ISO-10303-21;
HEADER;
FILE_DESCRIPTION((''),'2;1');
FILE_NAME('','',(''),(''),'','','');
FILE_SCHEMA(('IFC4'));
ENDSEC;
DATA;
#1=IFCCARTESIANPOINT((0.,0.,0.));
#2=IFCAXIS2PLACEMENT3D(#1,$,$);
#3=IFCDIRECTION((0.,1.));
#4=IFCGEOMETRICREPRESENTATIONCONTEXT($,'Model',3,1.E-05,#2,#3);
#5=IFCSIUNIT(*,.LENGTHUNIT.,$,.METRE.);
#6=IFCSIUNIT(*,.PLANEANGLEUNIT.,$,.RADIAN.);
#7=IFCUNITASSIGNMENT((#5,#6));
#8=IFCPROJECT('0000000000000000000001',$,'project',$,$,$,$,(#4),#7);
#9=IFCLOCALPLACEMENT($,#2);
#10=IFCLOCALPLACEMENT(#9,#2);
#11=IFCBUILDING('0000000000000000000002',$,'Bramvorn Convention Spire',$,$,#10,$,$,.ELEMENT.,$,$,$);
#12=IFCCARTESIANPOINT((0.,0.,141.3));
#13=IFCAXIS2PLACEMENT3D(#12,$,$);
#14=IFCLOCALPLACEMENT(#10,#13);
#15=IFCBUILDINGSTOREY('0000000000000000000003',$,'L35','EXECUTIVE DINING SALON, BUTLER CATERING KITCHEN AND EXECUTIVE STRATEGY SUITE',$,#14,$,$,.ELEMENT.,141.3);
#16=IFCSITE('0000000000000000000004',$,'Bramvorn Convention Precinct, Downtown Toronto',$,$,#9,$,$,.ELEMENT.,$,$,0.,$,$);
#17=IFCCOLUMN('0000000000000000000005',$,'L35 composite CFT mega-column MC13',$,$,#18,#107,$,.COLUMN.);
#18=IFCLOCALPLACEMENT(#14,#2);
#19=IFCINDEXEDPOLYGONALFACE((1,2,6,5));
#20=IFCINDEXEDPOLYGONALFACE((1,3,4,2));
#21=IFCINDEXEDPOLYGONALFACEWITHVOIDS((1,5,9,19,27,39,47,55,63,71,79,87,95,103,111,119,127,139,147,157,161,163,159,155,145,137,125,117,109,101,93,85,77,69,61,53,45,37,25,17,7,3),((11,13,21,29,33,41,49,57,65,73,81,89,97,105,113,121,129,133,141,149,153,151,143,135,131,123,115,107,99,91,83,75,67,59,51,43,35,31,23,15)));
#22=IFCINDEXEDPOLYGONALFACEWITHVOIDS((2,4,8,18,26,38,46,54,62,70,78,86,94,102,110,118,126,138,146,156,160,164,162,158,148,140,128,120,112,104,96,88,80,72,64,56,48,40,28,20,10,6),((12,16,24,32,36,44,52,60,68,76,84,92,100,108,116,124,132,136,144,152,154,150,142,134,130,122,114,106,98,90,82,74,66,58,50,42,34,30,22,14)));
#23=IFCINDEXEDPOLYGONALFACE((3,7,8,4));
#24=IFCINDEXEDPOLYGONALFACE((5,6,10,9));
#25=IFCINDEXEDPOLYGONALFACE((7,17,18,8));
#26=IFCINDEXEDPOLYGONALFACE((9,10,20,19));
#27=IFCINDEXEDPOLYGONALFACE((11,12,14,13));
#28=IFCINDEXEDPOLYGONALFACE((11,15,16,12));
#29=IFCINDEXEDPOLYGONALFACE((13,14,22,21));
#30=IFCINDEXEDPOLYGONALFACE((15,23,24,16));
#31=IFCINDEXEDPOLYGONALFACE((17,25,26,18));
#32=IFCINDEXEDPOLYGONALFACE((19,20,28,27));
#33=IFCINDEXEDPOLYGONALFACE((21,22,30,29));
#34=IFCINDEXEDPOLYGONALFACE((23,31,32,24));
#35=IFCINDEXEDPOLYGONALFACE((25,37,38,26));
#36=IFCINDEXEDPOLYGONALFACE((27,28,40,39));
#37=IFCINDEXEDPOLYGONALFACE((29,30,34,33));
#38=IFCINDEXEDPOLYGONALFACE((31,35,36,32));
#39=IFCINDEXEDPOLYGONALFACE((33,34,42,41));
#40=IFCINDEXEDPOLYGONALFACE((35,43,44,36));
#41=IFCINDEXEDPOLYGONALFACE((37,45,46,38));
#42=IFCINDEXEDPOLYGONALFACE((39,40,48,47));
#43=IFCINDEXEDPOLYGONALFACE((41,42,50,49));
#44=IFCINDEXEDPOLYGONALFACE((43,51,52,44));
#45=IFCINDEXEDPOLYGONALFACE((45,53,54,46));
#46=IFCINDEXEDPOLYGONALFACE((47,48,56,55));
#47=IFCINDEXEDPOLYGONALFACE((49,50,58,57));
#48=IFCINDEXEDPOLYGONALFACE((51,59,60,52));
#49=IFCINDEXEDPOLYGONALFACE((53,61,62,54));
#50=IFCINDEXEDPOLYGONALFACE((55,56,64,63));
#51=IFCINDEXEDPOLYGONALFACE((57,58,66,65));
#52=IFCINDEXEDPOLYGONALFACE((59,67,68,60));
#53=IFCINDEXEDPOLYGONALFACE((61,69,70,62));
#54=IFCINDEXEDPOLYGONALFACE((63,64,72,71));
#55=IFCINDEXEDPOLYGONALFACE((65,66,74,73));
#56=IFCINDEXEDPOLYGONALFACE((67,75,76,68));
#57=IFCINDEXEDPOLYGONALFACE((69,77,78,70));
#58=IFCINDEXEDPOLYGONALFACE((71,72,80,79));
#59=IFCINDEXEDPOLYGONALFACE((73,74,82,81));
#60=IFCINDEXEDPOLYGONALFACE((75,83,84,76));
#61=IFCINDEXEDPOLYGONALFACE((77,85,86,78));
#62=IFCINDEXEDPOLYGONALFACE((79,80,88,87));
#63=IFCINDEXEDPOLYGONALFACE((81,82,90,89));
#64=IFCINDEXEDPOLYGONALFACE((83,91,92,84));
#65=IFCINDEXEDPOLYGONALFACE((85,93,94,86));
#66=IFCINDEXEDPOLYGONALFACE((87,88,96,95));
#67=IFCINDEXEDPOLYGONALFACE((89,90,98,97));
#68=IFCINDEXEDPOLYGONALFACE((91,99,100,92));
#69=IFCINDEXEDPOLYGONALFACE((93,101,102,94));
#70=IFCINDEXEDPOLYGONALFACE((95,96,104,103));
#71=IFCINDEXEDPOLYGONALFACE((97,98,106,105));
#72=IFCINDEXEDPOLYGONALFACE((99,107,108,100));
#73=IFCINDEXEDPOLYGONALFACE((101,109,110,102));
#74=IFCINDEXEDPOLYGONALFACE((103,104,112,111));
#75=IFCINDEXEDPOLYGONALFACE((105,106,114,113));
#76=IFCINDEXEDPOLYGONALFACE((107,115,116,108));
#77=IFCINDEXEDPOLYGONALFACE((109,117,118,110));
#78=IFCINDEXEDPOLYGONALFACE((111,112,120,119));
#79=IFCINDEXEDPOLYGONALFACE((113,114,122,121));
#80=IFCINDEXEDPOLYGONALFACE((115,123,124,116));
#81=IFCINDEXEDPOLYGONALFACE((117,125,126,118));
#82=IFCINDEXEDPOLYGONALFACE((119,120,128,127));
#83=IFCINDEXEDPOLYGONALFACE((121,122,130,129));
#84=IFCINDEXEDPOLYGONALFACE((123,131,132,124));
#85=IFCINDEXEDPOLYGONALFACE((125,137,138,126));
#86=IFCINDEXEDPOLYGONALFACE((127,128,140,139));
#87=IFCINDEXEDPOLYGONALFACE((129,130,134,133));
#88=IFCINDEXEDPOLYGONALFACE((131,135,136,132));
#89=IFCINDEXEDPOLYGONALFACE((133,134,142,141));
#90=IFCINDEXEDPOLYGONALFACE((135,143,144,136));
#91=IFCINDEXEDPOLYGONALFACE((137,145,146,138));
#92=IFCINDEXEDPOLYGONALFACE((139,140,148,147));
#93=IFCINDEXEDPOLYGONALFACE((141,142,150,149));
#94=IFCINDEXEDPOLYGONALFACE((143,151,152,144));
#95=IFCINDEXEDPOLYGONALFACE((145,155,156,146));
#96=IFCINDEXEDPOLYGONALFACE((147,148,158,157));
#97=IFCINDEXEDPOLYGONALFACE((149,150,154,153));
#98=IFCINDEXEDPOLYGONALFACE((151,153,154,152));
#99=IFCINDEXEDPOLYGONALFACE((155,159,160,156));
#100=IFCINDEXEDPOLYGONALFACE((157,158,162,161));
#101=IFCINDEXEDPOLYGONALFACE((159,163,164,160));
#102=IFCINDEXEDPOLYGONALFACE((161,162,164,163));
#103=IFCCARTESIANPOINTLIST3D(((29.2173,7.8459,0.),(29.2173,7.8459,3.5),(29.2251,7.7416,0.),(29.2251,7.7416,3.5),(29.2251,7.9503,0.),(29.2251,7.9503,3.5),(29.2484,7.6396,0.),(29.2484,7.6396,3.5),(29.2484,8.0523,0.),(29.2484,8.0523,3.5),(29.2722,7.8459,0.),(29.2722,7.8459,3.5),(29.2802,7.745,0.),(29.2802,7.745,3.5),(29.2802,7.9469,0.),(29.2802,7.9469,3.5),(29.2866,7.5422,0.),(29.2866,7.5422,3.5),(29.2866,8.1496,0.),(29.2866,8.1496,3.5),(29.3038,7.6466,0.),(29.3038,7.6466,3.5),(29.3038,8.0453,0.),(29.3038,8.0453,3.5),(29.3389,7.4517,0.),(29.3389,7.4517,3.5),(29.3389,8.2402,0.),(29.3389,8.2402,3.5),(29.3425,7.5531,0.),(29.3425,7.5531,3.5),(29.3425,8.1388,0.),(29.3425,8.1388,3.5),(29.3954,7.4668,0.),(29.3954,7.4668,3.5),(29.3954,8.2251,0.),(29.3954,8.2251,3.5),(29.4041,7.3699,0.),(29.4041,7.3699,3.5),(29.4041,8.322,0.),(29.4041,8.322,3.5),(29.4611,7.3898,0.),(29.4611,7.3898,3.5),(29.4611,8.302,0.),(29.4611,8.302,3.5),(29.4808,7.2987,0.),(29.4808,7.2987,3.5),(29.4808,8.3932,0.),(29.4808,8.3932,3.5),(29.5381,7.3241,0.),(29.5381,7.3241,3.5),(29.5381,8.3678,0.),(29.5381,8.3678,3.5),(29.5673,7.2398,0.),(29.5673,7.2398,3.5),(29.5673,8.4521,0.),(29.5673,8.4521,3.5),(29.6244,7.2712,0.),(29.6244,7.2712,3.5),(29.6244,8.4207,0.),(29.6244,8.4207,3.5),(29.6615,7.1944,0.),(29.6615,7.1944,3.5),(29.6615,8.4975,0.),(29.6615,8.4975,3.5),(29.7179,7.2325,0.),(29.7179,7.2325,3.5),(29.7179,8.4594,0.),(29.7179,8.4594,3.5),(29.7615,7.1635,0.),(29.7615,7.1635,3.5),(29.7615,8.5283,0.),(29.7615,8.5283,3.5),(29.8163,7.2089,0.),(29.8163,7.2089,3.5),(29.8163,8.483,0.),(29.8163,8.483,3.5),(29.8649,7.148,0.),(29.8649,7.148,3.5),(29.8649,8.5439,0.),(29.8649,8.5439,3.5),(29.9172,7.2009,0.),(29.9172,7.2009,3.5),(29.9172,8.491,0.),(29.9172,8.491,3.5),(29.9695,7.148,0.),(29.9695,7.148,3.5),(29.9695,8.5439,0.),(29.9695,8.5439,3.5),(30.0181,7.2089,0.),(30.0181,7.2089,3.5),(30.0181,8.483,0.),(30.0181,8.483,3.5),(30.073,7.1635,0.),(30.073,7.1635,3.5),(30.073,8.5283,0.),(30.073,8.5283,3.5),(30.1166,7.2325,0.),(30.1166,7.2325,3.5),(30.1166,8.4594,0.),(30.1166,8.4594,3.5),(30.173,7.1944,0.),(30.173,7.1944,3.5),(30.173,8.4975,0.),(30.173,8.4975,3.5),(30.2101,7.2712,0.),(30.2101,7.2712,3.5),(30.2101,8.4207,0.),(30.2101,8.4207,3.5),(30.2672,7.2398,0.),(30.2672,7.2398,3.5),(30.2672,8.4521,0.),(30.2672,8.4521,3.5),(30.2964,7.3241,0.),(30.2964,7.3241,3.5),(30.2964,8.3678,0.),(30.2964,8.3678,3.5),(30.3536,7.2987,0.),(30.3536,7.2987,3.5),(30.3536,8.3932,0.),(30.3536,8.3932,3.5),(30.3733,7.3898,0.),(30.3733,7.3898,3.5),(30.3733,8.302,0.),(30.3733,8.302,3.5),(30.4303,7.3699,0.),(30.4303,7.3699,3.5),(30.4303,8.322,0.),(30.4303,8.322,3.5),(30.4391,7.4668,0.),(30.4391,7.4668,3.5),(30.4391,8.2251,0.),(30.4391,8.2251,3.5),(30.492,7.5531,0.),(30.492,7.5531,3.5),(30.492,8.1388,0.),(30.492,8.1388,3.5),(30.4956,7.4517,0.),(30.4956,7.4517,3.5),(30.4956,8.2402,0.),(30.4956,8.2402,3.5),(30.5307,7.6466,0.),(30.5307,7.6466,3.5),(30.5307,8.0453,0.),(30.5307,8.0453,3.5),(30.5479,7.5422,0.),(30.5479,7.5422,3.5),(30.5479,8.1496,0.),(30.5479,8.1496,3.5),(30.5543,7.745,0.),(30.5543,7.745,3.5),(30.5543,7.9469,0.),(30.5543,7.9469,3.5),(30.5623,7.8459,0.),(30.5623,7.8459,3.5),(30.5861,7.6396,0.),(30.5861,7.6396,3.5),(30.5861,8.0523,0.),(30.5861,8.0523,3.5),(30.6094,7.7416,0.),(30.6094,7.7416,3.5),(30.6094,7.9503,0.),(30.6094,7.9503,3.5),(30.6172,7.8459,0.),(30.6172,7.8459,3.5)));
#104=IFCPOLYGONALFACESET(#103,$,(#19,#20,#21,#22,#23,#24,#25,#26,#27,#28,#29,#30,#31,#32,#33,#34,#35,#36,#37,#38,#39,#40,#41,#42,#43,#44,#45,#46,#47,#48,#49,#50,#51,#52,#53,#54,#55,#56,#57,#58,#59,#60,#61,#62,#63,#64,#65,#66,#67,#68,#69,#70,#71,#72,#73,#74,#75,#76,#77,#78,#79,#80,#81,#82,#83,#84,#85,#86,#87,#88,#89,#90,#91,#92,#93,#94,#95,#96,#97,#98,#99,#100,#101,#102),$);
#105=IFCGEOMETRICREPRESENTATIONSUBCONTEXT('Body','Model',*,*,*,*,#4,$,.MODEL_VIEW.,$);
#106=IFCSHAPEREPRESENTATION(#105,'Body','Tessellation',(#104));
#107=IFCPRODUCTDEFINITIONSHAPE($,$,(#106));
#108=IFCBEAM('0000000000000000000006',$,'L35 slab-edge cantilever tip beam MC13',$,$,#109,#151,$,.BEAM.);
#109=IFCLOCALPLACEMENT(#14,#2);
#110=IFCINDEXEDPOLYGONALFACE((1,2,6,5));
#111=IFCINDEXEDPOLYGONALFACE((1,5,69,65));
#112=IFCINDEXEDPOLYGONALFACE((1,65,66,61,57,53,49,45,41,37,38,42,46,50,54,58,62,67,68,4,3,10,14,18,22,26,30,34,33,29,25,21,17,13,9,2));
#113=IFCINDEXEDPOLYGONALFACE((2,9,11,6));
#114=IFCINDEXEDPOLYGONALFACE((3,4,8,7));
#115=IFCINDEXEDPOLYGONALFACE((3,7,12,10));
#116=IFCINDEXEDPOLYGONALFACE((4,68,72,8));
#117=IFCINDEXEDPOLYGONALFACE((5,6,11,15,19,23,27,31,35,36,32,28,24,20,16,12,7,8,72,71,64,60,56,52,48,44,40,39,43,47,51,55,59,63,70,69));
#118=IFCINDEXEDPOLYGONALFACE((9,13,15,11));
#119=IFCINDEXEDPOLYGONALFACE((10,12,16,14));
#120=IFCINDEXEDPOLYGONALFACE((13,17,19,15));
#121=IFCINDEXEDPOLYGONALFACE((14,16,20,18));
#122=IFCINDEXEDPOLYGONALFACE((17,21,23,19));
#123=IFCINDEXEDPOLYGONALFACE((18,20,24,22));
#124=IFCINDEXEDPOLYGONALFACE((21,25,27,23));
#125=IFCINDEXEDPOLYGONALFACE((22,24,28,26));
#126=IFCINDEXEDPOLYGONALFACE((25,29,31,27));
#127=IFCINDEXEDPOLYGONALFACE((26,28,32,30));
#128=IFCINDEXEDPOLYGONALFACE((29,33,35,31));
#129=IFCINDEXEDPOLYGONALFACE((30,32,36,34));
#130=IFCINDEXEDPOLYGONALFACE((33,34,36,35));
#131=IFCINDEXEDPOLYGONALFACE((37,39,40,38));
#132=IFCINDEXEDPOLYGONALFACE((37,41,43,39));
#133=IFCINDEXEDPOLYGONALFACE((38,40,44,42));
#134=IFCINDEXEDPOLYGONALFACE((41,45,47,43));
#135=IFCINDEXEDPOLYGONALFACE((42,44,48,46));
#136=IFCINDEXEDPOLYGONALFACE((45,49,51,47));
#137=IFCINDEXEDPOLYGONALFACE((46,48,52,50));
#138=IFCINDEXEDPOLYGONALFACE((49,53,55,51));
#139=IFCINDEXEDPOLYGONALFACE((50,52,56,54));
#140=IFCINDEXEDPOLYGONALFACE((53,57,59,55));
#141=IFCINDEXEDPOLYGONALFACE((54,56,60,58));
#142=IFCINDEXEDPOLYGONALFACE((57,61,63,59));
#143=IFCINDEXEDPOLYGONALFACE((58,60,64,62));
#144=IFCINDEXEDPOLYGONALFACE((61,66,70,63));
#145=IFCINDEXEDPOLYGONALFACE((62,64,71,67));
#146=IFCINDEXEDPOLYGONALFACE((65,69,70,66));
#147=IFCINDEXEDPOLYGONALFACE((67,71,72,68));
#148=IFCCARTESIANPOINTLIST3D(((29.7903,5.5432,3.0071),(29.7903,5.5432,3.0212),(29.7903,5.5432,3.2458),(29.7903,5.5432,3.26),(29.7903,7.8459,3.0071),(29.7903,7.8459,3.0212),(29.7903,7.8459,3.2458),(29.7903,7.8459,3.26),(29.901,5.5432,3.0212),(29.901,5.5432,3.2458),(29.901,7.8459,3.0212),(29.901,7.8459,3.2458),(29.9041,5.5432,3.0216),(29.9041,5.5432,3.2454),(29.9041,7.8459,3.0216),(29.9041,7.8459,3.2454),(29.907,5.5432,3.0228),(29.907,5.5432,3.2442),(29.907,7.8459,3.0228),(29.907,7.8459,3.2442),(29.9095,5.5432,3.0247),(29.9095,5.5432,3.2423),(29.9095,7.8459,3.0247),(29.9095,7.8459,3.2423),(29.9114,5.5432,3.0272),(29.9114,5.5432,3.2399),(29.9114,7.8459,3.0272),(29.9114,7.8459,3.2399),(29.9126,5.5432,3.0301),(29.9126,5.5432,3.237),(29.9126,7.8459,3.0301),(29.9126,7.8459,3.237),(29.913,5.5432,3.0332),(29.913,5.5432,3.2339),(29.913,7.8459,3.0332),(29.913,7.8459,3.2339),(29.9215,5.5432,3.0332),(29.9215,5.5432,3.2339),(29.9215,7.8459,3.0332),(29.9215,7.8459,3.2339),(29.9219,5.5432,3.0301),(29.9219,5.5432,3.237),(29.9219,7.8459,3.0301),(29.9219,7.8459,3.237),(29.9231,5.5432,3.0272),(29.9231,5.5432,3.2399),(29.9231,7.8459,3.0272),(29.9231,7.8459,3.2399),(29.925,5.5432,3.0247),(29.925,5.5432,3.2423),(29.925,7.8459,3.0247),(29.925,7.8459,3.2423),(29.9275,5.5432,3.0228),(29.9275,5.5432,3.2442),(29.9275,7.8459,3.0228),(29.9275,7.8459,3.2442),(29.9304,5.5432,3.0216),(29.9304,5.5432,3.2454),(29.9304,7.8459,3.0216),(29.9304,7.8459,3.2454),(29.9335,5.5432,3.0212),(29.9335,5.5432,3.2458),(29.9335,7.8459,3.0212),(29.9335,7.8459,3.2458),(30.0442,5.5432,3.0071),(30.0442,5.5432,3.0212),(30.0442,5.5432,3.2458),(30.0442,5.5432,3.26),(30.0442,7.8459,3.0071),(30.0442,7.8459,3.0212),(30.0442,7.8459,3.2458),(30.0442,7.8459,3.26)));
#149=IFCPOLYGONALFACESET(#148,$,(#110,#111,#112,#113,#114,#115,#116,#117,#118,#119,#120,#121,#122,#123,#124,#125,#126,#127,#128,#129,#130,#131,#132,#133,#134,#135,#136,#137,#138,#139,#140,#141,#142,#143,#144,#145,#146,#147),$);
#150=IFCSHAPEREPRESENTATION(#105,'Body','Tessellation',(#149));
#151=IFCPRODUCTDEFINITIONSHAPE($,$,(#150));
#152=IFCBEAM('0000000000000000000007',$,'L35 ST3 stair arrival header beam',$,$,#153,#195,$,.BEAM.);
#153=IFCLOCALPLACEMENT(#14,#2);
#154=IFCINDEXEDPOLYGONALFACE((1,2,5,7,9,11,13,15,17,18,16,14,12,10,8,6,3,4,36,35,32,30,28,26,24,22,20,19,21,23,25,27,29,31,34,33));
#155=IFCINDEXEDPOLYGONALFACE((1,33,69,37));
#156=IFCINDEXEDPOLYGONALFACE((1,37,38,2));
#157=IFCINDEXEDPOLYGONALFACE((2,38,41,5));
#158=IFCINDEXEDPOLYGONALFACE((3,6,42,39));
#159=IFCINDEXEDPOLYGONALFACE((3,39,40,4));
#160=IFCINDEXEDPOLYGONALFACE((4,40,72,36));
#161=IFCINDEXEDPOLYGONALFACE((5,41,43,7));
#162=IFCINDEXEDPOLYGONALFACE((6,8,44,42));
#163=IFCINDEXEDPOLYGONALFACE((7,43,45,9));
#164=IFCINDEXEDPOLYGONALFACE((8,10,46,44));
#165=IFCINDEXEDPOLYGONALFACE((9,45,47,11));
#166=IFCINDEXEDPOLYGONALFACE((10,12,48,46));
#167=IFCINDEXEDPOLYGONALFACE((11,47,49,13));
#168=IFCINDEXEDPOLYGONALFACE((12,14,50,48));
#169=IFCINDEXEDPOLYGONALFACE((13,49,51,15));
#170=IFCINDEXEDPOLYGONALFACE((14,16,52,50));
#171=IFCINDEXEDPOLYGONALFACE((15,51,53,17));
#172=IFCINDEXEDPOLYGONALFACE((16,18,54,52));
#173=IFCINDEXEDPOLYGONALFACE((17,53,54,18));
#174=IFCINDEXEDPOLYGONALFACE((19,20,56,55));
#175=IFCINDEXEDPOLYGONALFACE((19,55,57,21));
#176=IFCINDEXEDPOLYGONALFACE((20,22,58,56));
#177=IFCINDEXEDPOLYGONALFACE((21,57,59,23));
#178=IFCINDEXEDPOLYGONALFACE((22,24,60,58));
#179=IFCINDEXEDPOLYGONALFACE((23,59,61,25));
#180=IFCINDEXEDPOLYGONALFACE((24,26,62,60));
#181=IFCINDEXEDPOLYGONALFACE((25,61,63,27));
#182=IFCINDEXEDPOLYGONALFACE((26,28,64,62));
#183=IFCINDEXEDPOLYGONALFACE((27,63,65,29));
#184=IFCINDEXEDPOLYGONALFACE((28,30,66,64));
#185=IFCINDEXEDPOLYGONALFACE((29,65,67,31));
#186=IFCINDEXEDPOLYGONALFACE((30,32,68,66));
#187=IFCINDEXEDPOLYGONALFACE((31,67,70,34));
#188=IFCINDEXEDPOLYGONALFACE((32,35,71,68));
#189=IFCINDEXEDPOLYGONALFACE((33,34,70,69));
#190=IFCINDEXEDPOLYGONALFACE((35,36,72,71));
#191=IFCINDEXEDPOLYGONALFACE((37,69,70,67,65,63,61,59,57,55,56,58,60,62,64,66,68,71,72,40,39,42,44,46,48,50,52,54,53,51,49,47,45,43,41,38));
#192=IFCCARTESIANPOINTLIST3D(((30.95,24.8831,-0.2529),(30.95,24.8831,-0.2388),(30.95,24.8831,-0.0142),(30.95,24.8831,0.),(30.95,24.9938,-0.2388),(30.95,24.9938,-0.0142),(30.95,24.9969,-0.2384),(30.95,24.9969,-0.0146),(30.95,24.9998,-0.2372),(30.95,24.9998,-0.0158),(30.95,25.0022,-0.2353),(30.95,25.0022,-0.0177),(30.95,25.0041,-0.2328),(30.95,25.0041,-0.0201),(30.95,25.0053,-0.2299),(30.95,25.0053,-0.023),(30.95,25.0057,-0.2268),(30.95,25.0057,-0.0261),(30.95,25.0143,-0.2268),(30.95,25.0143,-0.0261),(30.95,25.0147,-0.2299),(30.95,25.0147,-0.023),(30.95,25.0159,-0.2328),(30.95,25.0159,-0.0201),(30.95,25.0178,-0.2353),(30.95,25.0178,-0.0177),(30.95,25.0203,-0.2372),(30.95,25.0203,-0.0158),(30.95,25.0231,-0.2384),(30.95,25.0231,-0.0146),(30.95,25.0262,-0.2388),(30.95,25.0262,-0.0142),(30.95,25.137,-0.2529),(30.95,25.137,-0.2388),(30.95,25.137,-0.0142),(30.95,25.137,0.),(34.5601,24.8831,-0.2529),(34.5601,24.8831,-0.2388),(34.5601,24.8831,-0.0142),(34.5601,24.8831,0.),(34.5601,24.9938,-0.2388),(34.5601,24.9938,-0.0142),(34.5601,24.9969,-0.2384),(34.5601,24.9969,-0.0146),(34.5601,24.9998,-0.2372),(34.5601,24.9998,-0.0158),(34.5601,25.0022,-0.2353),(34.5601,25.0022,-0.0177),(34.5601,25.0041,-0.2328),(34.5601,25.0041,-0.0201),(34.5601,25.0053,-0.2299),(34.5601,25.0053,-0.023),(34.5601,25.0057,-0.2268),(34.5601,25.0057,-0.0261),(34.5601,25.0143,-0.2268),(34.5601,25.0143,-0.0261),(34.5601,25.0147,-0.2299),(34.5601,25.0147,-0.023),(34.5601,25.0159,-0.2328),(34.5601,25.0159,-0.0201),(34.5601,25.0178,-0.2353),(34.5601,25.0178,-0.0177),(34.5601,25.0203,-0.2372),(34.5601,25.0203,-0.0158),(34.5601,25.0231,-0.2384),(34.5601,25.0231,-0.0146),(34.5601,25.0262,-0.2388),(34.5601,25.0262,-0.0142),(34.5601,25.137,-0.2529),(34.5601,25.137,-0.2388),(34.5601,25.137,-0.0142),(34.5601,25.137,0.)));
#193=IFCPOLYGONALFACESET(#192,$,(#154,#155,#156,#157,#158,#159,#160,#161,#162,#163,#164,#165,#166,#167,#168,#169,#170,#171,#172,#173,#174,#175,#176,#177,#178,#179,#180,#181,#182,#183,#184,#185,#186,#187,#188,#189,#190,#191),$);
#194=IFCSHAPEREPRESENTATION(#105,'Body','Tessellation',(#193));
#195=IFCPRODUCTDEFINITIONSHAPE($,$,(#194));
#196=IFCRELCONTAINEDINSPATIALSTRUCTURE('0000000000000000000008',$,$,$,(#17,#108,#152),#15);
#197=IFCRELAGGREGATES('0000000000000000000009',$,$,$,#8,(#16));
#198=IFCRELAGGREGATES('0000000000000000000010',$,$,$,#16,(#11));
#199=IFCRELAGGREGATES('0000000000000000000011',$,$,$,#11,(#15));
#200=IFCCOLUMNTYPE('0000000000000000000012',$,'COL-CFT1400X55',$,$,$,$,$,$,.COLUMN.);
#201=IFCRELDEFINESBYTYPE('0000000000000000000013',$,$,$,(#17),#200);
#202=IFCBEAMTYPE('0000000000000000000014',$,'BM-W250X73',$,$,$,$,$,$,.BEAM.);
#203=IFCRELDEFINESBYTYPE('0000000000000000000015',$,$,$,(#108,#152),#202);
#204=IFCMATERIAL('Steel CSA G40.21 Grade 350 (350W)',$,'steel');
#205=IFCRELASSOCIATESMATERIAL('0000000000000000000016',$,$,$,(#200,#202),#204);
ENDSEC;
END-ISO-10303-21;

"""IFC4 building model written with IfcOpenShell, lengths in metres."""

from ifc_helpers import new_model, si_unit, direction, frame, origin, origin_2d, place, context, subcontext, project, spatial, hollow_circle, i_section, extrude, material, material_profile, profile_set, type_object, element, save


model = new_model("IFC4")

# Units and contexts
model_context = context("Model", 3, precision=1e-05, world=origin(), true_north=direction((0.0, 1.0)))
body_context = subcontext(model_context, "Body", "Model", "MODEL_VIEW")
ifc_project = project(units=[si_unit("LENGTHUNIT", "METRE"), si_unit("PLANEANGLEUNIT", "RADIAN")], contexts=[model_context])

# Site, building, storey
site_placement = place(None, origin())
site = spatial("IfcSite", under=ifc_project, at=site_placement, Name="Bramvorn Convention Precinct, Downtown Toronto", CompositionType="ELEMENT", RefElevation=0.0)
building_placement = place(site_placement, origin())
building = spatial("IfcBuilding", under=site, at=building_placement, Name="Bramvorn Convention Spire", CompositionType="ELEMENT")
storey_placement = place(building_placement, frame((0.0, 0.0, 141.3)))
storey = spatial("IfcBuildingStorey", under=building, at=storey_placement, Name="L35", Description="EXECUTIVE DINING SALON, BUTLER CATERING KITCHEN AND EXECUTIVE STRATEGY SUITE", CompositionType="ELEMENT", Elevation=141.3)

# Column
ifc_material_1 = material(Name="Steel CSA G40.21 Grade 350 (350W)", Category="steel")
ifc_material_profile_1 = material_profile(ifc_material_1, hollow_circle(Radius=0.7, WallThickness=0.0549, at=origin_2d()))
ifc_profile_set_1 = profile_set([ifc_material_profile_1], Name="Steel CSA G40.21 Grade 350 (350W) - CFT1400X55")
column_type = type_object("IfcColumnType", Name="COL-CFT1400X55", PredefinedType="COLUMN", material=ifc_profile_set_1)
column_placement = place(storey_placement, frame((29.9172, 7.8459, 0.0), z_axis=(0.0, 0.0, 1.0), x_axis=(1.0, 0.0, 0.0)))
element("IfcColumn", 1, at=column_placement, inside=storey, type_object=column_type, Name="L35 composite CFT mega-column MC13", PredefinedType="COLUMN", context=body_context, shape_type="SweptSolid", body=[
    extrude(hollow_circle(Radius=0.7, WallThickness=0.0549, at=origin_2d()), origin(), (0.0, 0.0, 1.0), 3.5),
])

# Beams
ifc_material_profile_2 = material_profile(ifc_material_1, i_section(OverallWidth=0.2539, OverallDepth=0.2529, WebThickness=0.0085, FlangeThickness=0.0142, FilletRadius=0.012, at=origin_2d()))
ifc_profile_set_2 = profile_set([ifc_material_profile_2], Name="Steel CSA G40.21 Grade 350 (350W) - W250X73")
beam_type_1 = type_object("IfcBeamType", Name="BM-W250X73", PredefinedType="BEAM", material=ifc_profile_set_2)
beam_1_placement = place(storey_placement, frame((29.9172, 7.8459, 3.1335), z_axis=(0.0, -1.0, 0.0), x_axis=(1.0, 0.0, 0.0)))
element("IfcBeam", 2, at=beam_1_placement, inside=storey, type_object=beam_type_1, Name="L35 slab-edge cantilever tip beam MC13", PredefinedType="BEAM", context=body_context, shape_type="SweptSolid", body=[
    extrude(i_section(OverallWidth=0.2539, OverallDepth=0.2529, WebThickness=0.0085, FlangeThickness=0.0142, FilletRadius=0.012, at=origin_2d()), origin(), (0.0, 0.0, 1.0), 2.3027),
])
beam_2_placement = place(storey_placement, frame((30.95, 25.01, -0.1265), z_axis=(1.0, 0.0, 0.0), x_axis=(0.0, 1.0, 0.0)))
element("IfcBeam", 3, at=beam_2_placement, inside=storey, type_object=beam_type_1, Name="L35 ST3 stair arrival header beam", PredefinedType="BEAM", context=body_context, shape_type="SweptSolid", body=[
    extrude(i_section(OverallWidth=0.2539, OverallDepth=0.2529, WebThickness=0.0085, FlangeThickness=0.0142, FilletRadius=0.012, at=origin_2d()), origin(), (0.0, 0.0, 1.0), 3.6101),
])

save(model, "model.ifc")
